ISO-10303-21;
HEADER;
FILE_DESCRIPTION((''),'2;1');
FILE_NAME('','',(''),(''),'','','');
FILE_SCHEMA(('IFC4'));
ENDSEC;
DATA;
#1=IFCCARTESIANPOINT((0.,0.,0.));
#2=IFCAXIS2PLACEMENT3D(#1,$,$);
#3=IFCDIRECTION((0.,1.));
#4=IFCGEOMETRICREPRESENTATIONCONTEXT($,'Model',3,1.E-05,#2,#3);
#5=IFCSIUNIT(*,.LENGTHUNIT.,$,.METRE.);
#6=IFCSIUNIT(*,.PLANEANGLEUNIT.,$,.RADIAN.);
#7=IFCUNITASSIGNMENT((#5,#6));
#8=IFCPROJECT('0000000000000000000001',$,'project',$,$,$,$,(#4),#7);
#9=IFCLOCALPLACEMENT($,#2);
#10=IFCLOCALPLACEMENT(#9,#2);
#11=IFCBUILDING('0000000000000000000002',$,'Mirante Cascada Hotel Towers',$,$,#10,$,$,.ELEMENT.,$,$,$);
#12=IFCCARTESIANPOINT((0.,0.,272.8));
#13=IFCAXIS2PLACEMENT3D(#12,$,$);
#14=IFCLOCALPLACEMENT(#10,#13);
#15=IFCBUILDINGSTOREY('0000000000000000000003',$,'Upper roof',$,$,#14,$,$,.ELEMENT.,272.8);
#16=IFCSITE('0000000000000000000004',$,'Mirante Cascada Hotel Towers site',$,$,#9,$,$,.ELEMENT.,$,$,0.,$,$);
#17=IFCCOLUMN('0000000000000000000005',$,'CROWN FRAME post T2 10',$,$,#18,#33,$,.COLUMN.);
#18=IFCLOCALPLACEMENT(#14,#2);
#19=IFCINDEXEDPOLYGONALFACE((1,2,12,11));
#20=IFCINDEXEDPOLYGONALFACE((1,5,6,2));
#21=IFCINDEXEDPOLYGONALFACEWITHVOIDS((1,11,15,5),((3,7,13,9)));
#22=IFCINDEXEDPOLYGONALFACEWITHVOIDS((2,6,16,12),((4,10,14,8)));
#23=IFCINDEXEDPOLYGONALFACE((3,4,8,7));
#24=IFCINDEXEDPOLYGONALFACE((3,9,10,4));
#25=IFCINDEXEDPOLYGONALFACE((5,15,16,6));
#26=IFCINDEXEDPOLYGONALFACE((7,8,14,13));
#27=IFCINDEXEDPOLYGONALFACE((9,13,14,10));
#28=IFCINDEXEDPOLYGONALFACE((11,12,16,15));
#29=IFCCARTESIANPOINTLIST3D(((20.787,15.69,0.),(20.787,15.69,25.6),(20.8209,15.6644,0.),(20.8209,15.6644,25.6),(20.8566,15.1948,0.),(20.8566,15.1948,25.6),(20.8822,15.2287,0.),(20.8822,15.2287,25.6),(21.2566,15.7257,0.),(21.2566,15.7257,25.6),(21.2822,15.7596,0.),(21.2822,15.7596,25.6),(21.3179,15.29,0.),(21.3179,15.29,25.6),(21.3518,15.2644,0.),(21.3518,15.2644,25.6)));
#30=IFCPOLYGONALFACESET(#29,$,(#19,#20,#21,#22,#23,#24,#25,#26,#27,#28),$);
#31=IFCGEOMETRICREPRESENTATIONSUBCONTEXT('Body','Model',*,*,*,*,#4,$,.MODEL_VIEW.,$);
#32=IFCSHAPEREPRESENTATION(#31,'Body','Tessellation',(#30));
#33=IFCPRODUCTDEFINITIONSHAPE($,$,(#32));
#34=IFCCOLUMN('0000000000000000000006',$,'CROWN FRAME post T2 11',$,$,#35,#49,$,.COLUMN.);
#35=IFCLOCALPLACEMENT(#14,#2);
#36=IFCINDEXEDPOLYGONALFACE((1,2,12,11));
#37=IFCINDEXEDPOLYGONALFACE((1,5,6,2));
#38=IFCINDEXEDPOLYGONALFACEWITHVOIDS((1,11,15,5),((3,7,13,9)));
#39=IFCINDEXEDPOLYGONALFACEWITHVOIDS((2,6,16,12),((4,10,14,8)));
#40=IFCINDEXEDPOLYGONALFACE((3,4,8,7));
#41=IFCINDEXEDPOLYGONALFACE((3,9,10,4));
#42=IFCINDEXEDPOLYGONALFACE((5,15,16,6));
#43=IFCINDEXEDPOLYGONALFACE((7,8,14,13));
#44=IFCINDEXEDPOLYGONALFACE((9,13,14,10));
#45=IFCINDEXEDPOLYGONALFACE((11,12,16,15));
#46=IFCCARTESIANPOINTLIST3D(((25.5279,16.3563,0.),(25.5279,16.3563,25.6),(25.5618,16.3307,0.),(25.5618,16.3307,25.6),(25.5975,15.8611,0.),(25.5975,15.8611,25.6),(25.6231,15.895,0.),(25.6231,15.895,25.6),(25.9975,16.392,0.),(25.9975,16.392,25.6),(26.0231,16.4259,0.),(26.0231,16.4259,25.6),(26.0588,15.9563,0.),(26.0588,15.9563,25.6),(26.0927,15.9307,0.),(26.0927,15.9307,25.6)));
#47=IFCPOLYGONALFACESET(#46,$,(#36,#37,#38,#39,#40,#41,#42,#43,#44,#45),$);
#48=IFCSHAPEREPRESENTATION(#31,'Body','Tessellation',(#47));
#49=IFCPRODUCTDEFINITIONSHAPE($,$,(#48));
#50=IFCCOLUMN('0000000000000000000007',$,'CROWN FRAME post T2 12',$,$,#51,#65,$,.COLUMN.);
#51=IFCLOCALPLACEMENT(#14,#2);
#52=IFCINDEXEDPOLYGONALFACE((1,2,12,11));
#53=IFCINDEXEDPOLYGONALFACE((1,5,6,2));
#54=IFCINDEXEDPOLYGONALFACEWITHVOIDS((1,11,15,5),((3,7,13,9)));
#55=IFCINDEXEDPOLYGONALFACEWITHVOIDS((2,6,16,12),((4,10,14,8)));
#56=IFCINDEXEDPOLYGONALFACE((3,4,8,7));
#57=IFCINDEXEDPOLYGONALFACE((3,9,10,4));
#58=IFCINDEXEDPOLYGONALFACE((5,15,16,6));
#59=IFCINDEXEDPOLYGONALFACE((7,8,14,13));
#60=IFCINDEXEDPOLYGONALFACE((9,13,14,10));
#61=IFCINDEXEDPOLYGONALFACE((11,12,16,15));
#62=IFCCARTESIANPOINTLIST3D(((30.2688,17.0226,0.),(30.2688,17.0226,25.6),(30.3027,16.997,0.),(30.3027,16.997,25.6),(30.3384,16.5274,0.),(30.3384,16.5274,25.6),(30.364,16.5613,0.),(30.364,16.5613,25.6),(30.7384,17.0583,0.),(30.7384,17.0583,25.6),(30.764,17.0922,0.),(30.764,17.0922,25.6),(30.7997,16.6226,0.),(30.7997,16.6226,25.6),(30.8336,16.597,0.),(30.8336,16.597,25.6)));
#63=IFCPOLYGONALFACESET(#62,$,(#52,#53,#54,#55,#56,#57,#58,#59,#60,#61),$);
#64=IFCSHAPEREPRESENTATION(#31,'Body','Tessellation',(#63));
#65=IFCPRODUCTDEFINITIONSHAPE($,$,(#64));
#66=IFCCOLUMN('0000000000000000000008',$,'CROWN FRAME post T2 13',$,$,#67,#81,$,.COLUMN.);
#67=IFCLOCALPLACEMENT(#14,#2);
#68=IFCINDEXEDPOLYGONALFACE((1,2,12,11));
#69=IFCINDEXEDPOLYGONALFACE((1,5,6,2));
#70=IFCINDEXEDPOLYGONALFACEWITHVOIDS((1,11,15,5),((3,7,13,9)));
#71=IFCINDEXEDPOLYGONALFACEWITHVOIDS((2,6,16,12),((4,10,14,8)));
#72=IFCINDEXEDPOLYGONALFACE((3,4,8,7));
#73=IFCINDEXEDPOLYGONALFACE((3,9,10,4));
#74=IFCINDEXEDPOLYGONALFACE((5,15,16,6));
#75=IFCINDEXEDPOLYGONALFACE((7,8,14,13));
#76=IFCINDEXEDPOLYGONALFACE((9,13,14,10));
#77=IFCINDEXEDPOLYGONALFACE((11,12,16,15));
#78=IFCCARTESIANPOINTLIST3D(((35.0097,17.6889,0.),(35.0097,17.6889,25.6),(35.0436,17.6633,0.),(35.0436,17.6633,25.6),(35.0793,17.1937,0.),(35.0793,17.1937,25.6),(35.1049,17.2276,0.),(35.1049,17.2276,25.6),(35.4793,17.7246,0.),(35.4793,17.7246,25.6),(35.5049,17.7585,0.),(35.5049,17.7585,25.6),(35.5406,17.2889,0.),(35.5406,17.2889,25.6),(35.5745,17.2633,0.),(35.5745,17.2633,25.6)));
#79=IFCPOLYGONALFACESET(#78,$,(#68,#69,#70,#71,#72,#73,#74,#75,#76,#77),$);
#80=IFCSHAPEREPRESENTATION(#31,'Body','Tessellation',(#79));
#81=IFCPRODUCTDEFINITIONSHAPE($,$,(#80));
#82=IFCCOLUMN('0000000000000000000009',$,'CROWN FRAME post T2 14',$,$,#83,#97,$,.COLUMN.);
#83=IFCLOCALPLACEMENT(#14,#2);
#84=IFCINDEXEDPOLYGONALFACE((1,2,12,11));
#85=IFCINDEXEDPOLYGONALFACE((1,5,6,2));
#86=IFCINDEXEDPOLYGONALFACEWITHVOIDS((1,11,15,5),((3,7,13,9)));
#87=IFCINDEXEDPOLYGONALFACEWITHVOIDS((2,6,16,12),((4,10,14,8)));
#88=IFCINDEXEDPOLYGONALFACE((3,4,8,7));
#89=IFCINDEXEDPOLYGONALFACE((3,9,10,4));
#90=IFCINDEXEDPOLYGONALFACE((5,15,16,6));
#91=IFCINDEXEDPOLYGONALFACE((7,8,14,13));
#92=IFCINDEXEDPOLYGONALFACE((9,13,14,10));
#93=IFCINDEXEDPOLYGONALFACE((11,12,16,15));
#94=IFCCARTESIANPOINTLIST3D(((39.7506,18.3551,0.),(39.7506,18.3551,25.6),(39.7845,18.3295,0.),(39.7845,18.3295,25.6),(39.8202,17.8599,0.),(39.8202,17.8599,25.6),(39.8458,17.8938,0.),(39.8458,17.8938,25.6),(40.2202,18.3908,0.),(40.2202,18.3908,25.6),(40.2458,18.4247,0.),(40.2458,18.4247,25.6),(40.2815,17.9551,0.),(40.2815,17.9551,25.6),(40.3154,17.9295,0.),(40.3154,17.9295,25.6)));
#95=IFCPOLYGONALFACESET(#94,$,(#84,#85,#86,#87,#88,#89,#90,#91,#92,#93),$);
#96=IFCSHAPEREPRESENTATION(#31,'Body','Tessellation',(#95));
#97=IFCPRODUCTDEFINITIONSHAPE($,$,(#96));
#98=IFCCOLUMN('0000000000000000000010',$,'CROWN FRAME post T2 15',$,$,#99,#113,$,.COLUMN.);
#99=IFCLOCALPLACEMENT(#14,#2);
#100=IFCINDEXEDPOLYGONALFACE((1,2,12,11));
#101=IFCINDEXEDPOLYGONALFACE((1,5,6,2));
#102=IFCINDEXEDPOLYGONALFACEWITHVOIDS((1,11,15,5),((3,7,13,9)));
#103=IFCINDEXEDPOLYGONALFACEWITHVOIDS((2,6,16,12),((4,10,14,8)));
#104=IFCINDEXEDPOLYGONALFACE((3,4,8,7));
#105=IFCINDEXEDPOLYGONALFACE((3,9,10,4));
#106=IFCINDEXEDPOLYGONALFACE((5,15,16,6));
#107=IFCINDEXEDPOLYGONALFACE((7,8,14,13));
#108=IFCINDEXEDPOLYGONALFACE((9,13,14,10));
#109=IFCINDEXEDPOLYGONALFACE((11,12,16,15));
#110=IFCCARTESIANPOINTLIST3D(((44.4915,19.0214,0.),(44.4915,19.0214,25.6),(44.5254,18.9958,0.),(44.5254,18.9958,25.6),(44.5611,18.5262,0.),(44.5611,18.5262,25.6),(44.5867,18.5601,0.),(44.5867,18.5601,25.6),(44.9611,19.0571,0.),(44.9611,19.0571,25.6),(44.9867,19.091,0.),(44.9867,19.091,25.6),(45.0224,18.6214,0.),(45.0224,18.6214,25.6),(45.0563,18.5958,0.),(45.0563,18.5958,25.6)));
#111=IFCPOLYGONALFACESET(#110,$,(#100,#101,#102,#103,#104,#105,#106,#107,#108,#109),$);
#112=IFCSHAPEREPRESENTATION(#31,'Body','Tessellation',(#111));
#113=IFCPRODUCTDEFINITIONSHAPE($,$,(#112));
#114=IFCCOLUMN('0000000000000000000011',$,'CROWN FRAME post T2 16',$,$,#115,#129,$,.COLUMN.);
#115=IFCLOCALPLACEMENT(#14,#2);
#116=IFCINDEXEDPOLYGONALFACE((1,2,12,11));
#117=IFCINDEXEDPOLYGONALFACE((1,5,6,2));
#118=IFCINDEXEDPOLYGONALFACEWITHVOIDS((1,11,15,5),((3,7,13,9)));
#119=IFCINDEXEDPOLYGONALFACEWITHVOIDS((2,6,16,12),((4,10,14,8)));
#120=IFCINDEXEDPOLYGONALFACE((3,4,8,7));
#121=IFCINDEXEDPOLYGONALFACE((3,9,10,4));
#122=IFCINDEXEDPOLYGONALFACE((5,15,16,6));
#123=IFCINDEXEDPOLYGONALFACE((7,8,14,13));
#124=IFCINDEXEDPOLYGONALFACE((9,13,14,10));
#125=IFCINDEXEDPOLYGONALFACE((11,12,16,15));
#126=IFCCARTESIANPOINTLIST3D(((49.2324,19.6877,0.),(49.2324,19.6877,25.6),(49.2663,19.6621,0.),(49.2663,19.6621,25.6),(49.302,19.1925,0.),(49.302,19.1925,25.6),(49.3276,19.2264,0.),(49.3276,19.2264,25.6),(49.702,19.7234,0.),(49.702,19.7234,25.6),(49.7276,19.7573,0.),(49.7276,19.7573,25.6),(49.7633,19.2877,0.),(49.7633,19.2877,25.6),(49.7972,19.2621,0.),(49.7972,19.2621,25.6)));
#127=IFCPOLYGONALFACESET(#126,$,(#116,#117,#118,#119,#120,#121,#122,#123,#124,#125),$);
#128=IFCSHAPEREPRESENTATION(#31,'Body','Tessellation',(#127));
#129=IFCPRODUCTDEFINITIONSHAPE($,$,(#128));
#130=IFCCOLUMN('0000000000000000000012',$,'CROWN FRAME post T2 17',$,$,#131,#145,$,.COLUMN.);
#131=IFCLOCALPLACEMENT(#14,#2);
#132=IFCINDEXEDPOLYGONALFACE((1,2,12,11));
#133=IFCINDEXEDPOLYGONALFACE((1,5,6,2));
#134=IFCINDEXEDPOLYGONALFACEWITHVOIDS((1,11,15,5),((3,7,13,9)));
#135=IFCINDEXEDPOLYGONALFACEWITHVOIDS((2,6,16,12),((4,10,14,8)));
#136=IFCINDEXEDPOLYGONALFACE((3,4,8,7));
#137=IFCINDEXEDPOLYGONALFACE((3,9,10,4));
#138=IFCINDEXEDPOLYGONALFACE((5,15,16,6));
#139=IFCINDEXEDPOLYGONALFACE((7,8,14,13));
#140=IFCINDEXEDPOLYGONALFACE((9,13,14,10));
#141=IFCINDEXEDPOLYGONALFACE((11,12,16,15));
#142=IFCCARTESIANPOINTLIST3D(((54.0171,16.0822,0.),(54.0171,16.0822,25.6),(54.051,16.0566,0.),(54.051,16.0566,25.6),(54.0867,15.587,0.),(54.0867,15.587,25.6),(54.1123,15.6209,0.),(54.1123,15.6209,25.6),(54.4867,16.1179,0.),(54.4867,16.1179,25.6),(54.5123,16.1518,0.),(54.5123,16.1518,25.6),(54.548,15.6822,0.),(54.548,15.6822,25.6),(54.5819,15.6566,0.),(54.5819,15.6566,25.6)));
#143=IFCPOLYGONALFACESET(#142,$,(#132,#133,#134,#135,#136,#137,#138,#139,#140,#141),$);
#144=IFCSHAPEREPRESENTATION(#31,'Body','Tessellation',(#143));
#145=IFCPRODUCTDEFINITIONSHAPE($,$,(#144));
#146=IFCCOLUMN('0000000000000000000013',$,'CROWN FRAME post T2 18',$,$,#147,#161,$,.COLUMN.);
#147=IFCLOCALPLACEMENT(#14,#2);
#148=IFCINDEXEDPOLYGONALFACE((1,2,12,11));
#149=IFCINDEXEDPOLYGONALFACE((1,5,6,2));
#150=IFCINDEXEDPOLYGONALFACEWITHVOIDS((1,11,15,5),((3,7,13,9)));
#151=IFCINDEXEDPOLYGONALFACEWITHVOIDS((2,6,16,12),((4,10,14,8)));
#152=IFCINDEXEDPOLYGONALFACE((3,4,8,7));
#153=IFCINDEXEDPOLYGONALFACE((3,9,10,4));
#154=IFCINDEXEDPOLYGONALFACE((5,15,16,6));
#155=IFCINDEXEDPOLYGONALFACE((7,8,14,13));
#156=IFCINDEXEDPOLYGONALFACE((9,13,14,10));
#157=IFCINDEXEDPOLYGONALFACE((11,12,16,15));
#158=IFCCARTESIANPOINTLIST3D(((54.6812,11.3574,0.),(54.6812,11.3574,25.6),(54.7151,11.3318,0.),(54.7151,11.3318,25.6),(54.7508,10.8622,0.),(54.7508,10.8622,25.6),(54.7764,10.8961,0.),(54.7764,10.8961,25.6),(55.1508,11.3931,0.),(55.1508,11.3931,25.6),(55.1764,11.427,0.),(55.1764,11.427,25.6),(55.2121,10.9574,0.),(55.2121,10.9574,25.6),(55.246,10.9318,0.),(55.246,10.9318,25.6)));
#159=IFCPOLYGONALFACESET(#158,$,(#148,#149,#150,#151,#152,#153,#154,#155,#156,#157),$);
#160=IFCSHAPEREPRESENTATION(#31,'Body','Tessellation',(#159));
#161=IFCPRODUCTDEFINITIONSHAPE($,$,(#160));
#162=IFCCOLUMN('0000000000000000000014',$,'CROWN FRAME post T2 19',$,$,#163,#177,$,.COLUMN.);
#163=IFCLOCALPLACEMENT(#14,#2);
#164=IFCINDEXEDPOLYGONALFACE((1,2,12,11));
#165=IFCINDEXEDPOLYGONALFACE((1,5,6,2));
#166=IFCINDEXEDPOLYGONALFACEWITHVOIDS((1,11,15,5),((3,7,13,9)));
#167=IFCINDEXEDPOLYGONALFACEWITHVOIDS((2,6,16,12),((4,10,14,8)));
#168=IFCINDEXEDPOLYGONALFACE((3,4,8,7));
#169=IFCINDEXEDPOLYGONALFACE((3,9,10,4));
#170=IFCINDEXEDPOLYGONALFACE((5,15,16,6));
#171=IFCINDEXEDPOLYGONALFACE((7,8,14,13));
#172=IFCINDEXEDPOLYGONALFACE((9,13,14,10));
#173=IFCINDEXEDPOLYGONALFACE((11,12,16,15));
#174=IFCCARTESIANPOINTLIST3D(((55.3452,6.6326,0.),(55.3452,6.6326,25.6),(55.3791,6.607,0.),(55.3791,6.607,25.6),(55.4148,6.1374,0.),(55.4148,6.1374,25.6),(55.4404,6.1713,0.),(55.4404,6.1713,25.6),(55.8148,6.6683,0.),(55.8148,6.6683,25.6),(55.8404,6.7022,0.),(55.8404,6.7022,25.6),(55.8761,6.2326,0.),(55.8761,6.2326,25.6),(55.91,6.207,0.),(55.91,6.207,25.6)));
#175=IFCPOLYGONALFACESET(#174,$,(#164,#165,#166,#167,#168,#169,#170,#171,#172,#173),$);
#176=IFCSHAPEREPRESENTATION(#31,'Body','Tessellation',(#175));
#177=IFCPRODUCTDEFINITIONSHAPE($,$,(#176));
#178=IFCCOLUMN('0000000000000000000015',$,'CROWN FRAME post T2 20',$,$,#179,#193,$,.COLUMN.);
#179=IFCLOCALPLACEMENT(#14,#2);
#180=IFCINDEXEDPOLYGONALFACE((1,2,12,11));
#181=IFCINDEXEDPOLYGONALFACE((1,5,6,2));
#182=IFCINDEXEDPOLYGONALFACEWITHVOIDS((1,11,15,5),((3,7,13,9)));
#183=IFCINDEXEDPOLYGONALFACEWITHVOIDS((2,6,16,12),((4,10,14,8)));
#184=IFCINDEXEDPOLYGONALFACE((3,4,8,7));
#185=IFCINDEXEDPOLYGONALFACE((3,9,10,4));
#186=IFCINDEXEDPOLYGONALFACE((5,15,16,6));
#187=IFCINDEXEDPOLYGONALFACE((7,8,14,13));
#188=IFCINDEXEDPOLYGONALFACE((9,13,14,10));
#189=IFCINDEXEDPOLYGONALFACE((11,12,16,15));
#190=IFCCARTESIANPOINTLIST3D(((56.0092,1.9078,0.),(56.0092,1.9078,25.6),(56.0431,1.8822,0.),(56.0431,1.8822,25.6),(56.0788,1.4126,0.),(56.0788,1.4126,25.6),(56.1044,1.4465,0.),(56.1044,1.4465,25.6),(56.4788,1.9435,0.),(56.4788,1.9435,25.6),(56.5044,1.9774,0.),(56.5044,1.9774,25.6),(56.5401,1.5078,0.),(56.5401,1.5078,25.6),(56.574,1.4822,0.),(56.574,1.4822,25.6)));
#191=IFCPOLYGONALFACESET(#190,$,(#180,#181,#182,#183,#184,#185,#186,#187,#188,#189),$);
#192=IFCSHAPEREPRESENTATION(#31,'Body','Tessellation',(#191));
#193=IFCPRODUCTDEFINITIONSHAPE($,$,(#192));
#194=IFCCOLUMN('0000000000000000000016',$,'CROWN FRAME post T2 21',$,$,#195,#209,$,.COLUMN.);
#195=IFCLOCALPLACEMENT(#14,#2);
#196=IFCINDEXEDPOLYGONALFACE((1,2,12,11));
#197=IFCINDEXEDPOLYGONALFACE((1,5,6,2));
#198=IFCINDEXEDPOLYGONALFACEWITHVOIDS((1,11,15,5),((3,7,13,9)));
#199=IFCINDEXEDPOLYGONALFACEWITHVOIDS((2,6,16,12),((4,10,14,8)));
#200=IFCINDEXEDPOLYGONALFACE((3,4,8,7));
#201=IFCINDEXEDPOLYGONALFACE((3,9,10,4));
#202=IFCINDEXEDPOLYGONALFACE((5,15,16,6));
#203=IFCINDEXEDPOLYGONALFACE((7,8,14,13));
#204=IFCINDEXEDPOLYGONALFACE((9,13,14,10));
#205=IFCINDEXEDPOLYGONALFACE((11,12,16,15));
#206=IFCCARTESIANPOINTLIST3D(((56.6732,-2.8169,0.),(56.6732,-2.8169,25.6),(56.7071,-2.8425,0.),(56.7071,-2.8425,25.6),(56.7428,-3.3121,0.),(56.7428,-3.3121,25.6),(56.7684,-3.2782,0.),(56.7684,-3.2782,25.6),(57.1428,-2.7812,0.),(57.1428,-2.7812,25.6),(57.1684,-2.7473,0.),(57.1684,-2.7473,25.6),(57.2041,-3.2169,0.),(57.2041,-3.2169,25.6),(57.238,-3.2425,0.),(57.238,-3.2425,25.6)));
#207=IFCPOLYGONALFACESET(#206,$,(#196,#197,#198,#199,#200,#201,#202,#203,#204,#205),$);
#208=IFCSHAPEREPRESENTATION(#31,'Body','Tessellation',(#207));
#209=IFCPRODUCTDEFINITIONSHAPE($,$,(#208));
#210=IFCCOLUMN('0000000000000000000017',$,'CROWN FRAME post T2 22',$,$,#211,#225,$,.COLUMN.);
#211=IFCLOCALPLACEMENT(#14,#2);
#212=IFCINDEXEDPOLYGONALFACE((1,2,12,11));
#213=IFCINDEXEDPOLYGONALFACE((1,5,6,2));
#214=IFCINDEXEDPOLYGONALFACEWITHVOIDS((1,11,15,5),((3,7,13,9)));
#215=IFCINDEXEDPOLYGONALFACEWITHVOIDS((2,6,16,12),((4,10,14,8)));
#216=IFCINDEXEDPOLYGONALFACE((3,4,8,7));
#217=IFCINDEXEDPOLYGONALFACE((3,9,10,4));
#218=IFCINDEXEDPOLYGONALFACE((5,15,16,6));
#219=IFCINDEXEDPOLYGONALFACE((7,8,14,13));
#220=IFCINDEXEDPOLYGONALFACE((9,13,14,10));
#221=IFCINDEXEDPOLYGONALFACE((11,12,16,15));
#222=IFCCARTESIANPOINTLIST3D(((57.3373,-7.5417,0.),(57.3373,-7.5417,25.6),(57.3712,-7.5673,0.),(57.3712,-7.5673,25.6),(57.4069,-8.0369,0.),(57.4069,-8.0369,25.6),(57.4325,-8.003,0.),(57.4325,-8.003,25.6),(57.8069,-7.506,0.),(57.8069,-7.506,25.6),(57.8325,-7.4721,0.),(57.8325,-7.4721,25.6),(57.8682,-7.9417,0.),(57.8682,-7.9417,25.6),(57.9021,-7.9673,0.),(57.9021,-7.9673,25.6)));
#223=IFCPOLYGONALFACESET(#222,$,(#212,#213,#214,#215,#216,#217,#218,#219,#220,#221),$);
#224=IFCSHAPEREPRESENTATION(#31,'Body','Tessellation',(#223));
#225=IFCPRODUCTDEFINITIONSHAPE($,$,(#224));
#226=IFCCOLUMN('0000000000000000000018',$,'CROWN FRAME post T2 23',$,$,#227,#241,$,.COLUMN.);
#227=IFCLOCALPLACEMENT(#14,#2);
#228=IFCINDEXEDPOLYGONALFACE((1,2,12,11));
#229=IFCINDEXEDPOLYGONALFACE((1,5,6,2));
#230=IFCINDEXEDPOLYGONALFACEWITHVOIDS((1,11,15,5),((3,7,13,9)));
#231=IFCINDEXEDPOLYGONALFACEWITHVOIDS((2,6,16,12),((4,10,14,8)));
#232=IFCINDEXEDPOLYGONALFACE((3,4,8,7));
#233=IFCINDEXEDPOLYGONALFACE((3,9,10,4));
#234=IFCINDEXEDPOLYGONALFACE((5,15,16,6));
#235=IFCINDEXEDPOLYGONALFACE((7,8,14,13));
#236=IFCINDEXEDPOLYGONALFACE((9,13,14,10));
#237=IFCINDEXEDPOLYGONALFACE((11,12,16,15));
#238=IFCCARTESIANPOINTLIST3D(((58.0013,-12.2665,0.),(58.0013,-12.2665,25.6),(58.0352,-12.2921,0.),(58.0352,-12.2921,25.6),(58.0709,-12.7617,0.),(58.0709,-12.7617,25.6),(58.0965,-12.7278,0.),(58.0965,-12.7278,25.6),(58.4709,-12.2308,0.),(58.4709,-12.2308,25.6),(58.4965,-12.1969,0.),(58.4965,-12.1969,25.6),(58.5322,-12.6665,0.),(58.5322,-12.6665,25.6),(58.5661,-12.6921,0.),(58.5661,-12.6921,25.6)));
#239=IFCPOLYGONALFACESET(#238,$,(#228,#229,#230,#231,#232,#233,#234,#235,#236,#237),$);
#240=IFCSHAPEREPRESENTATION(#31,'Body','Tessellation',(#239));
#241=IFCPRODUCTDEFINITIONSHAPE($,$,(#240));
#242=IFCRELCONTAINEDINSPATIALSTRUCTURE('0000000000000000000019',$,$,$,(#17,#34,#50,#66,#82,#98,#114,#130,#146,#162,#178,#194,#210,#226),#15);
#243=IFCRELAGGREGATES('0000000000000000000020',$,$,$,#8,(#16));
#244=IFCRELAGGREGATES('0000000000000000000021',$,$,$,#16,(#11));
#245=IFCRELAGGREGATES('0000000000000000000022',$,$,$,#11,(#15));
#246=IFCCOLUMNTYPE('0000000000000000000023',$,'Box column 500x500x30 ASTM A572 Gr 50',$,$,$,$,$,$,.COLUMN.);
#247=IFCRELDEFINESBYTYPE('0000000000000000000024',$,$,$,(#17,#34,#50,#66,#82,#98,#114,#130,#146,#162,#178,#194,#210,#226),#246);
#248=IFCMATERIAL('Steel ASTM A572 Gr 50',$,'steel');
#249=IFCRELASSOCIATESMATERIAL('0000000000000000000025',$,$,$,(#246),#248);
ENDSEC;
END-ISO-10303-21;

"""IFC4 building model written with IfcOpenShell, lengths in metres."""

from ifc_helpers import new_model, si_unit, direction, frame, origin, origin_2d, place, context, subcontext, project, spatial, hollow_rectangle, extrude, material, material_profile, profile_set, type_object, element, save


model = new_model("IFC4")

# Units and contexts
model_context = context("Model", 3, precision=1e-05, world=origin(), true_north=direction((0.0, 1.0)))
body_context = subcontext(model_context, "Body", "Model", "MODEL_VIEW")
ifc_project = project(units=[si_unit("LENGTHUNIT", "METRE"), si_unit("PLANEANGLEUNIT", "RADIAN")], contexts=[model_context])

# Site, building, storey
site_placement = place(None, origin())
site = spatial("IfcSite", under=ifc_project, at=site_placement, Name="Mirante Cascada Hotel Towers site", CompositionType="ELEMENT", RefElevation=0.0)
building_placement = place(site_placement, origin())
building = spatial("IfcBuilding", under=site, at=building_placement, Name="Mirante Cascada Hotel Towers", CompositionType="ELEMENT")
storey_placement = place(building_placement, frame((0.0, 0.0, 272.8)))
storey = spatial("IfcBuildingStorey", under=building, at=storey_placement, Name="Upper roof", CompositionType="ELEMENT", Elevation=272.8)

# Columns
ifc_material_1 = material(Name="Steel ASTM A572 Gr 50", Category="steel")
ifc_material_profile_1 = material_profile(ifc_material_1, hollow_rectangle(XDim=0.5, YDim=0.5, WallThickness=0.03, at=origin_2d()), Name="Box column 500x500x30 ASTM A572 Gr 50")
ifc_profile_set_1 = profile_set([ifc_material_profile_1], Name="Steel ASTM A572 Gr 50")
column_type_1 = type_object("IfcColumnType", Name="Box column 500x500x30 ASTM A572 Gr 50", PredefinedType="COLUMN", material=ifc_profile_set_1)
for number, where, z_axis, x_axis, name in (
    (1, (21.0694, 15.4772, 0.0), (0.0, 0.0, 1.0), (0.990268, 0.139173, 0.0), "CROWN FRAME post T2 10"),
    (2, (25.8103, 16.1435, 0.0), (0.0, 0.0, 1.0), (0.990268, 0.139173, 0.0), "CROWN FRAME post T2 11"),
    (3, (30.5512, 16.8098, 0.0), (0.0, 0.0, 1.0), (0.990268, 0.139173, 0.0), "CROWN FRAME post T2 12"),
    (4, (35.2921, 17.4761, 0.0), (0.0, 0.0, 1.0), (0.990268, 0.139173, 0.0), "CROWN FRAME post T2 13"),
    (5, (40.033, 18.1423, 0.0), (0.0, 0.0, 1.0), (0.990268, 0.139173, 0.0), "CROWN FRAME post T2 14"),
    (6, (44.7739, 18.8086, 0.0), (0.0, 0.0, 1.0), (0.990268, 0.139173, 0.0), "CROWN FRAME post T2 15"),
    (7, (49.5148, 19.4749, 0.0), (0.0, 0.0, 1.0), (0.990268, 0.139173, 0.0), "CROWN FRAME post T2 16"),
    (8, (54.2995, 15.8694, 0.0), (0.0, 0.0, 1.0), (0.990268, 0.139173, 0.0), "CROWN FRAME post T2 17"),
    (9, (54.9636, 11.1446, 0.0), (0.0, 0.0, 1.0), (0.990268, 0.139173, 0.0), "CROWN FRAME post T2 18"),
    (10, (55.6276, 6.4198, 0.0), (0.0, 0.0, 1.0), (0.990268, 0.139173, 0.0), "CROWN FRAME post T2 19"),
    (11, (56.2916, 1.695, 0.0), (0.0, 0.0, 1.0), (0.990268, 0.139173, 0.0), "CROWN FRAME post T2 20"),
    (12, (56.9556, -3.0297, 0.0), (0.0, 0.0, 1.0), (0.990268, 0.139173, 0.0), "CROWN FRAME post T2 21"),
    (13, (57.6197, -7.7545, 0.0), (0.0, 0.0, 1.0), (0.990268, 0.139173, 0.0), "CROWN FRAME post T2 22"),
    (14, (58.2837, -12.4793, 0.0), (0.0, 0.0, 1.0), (0.990268, 0.139173, 0.0), "CROWN FRAME post T2 23"),
):
    element("IfcColumn", number, at=place(storey_placement, frame(where, z_axis=z_axis, x_axis=x_axis)), inside=storey, type_object=column_type_1, Name=name, PredefinedType="COLUMN", context=body_context, shape_type="SweptSolid", body=[
        extrude(hollow_rectangle(XDim=0.5, YDim=0.5, WallThickness=0.03, at=origin_2d()), origin(), (0.0, 0.0, 1.0), 25.6),
    ])

save(model, "model.ifc")
